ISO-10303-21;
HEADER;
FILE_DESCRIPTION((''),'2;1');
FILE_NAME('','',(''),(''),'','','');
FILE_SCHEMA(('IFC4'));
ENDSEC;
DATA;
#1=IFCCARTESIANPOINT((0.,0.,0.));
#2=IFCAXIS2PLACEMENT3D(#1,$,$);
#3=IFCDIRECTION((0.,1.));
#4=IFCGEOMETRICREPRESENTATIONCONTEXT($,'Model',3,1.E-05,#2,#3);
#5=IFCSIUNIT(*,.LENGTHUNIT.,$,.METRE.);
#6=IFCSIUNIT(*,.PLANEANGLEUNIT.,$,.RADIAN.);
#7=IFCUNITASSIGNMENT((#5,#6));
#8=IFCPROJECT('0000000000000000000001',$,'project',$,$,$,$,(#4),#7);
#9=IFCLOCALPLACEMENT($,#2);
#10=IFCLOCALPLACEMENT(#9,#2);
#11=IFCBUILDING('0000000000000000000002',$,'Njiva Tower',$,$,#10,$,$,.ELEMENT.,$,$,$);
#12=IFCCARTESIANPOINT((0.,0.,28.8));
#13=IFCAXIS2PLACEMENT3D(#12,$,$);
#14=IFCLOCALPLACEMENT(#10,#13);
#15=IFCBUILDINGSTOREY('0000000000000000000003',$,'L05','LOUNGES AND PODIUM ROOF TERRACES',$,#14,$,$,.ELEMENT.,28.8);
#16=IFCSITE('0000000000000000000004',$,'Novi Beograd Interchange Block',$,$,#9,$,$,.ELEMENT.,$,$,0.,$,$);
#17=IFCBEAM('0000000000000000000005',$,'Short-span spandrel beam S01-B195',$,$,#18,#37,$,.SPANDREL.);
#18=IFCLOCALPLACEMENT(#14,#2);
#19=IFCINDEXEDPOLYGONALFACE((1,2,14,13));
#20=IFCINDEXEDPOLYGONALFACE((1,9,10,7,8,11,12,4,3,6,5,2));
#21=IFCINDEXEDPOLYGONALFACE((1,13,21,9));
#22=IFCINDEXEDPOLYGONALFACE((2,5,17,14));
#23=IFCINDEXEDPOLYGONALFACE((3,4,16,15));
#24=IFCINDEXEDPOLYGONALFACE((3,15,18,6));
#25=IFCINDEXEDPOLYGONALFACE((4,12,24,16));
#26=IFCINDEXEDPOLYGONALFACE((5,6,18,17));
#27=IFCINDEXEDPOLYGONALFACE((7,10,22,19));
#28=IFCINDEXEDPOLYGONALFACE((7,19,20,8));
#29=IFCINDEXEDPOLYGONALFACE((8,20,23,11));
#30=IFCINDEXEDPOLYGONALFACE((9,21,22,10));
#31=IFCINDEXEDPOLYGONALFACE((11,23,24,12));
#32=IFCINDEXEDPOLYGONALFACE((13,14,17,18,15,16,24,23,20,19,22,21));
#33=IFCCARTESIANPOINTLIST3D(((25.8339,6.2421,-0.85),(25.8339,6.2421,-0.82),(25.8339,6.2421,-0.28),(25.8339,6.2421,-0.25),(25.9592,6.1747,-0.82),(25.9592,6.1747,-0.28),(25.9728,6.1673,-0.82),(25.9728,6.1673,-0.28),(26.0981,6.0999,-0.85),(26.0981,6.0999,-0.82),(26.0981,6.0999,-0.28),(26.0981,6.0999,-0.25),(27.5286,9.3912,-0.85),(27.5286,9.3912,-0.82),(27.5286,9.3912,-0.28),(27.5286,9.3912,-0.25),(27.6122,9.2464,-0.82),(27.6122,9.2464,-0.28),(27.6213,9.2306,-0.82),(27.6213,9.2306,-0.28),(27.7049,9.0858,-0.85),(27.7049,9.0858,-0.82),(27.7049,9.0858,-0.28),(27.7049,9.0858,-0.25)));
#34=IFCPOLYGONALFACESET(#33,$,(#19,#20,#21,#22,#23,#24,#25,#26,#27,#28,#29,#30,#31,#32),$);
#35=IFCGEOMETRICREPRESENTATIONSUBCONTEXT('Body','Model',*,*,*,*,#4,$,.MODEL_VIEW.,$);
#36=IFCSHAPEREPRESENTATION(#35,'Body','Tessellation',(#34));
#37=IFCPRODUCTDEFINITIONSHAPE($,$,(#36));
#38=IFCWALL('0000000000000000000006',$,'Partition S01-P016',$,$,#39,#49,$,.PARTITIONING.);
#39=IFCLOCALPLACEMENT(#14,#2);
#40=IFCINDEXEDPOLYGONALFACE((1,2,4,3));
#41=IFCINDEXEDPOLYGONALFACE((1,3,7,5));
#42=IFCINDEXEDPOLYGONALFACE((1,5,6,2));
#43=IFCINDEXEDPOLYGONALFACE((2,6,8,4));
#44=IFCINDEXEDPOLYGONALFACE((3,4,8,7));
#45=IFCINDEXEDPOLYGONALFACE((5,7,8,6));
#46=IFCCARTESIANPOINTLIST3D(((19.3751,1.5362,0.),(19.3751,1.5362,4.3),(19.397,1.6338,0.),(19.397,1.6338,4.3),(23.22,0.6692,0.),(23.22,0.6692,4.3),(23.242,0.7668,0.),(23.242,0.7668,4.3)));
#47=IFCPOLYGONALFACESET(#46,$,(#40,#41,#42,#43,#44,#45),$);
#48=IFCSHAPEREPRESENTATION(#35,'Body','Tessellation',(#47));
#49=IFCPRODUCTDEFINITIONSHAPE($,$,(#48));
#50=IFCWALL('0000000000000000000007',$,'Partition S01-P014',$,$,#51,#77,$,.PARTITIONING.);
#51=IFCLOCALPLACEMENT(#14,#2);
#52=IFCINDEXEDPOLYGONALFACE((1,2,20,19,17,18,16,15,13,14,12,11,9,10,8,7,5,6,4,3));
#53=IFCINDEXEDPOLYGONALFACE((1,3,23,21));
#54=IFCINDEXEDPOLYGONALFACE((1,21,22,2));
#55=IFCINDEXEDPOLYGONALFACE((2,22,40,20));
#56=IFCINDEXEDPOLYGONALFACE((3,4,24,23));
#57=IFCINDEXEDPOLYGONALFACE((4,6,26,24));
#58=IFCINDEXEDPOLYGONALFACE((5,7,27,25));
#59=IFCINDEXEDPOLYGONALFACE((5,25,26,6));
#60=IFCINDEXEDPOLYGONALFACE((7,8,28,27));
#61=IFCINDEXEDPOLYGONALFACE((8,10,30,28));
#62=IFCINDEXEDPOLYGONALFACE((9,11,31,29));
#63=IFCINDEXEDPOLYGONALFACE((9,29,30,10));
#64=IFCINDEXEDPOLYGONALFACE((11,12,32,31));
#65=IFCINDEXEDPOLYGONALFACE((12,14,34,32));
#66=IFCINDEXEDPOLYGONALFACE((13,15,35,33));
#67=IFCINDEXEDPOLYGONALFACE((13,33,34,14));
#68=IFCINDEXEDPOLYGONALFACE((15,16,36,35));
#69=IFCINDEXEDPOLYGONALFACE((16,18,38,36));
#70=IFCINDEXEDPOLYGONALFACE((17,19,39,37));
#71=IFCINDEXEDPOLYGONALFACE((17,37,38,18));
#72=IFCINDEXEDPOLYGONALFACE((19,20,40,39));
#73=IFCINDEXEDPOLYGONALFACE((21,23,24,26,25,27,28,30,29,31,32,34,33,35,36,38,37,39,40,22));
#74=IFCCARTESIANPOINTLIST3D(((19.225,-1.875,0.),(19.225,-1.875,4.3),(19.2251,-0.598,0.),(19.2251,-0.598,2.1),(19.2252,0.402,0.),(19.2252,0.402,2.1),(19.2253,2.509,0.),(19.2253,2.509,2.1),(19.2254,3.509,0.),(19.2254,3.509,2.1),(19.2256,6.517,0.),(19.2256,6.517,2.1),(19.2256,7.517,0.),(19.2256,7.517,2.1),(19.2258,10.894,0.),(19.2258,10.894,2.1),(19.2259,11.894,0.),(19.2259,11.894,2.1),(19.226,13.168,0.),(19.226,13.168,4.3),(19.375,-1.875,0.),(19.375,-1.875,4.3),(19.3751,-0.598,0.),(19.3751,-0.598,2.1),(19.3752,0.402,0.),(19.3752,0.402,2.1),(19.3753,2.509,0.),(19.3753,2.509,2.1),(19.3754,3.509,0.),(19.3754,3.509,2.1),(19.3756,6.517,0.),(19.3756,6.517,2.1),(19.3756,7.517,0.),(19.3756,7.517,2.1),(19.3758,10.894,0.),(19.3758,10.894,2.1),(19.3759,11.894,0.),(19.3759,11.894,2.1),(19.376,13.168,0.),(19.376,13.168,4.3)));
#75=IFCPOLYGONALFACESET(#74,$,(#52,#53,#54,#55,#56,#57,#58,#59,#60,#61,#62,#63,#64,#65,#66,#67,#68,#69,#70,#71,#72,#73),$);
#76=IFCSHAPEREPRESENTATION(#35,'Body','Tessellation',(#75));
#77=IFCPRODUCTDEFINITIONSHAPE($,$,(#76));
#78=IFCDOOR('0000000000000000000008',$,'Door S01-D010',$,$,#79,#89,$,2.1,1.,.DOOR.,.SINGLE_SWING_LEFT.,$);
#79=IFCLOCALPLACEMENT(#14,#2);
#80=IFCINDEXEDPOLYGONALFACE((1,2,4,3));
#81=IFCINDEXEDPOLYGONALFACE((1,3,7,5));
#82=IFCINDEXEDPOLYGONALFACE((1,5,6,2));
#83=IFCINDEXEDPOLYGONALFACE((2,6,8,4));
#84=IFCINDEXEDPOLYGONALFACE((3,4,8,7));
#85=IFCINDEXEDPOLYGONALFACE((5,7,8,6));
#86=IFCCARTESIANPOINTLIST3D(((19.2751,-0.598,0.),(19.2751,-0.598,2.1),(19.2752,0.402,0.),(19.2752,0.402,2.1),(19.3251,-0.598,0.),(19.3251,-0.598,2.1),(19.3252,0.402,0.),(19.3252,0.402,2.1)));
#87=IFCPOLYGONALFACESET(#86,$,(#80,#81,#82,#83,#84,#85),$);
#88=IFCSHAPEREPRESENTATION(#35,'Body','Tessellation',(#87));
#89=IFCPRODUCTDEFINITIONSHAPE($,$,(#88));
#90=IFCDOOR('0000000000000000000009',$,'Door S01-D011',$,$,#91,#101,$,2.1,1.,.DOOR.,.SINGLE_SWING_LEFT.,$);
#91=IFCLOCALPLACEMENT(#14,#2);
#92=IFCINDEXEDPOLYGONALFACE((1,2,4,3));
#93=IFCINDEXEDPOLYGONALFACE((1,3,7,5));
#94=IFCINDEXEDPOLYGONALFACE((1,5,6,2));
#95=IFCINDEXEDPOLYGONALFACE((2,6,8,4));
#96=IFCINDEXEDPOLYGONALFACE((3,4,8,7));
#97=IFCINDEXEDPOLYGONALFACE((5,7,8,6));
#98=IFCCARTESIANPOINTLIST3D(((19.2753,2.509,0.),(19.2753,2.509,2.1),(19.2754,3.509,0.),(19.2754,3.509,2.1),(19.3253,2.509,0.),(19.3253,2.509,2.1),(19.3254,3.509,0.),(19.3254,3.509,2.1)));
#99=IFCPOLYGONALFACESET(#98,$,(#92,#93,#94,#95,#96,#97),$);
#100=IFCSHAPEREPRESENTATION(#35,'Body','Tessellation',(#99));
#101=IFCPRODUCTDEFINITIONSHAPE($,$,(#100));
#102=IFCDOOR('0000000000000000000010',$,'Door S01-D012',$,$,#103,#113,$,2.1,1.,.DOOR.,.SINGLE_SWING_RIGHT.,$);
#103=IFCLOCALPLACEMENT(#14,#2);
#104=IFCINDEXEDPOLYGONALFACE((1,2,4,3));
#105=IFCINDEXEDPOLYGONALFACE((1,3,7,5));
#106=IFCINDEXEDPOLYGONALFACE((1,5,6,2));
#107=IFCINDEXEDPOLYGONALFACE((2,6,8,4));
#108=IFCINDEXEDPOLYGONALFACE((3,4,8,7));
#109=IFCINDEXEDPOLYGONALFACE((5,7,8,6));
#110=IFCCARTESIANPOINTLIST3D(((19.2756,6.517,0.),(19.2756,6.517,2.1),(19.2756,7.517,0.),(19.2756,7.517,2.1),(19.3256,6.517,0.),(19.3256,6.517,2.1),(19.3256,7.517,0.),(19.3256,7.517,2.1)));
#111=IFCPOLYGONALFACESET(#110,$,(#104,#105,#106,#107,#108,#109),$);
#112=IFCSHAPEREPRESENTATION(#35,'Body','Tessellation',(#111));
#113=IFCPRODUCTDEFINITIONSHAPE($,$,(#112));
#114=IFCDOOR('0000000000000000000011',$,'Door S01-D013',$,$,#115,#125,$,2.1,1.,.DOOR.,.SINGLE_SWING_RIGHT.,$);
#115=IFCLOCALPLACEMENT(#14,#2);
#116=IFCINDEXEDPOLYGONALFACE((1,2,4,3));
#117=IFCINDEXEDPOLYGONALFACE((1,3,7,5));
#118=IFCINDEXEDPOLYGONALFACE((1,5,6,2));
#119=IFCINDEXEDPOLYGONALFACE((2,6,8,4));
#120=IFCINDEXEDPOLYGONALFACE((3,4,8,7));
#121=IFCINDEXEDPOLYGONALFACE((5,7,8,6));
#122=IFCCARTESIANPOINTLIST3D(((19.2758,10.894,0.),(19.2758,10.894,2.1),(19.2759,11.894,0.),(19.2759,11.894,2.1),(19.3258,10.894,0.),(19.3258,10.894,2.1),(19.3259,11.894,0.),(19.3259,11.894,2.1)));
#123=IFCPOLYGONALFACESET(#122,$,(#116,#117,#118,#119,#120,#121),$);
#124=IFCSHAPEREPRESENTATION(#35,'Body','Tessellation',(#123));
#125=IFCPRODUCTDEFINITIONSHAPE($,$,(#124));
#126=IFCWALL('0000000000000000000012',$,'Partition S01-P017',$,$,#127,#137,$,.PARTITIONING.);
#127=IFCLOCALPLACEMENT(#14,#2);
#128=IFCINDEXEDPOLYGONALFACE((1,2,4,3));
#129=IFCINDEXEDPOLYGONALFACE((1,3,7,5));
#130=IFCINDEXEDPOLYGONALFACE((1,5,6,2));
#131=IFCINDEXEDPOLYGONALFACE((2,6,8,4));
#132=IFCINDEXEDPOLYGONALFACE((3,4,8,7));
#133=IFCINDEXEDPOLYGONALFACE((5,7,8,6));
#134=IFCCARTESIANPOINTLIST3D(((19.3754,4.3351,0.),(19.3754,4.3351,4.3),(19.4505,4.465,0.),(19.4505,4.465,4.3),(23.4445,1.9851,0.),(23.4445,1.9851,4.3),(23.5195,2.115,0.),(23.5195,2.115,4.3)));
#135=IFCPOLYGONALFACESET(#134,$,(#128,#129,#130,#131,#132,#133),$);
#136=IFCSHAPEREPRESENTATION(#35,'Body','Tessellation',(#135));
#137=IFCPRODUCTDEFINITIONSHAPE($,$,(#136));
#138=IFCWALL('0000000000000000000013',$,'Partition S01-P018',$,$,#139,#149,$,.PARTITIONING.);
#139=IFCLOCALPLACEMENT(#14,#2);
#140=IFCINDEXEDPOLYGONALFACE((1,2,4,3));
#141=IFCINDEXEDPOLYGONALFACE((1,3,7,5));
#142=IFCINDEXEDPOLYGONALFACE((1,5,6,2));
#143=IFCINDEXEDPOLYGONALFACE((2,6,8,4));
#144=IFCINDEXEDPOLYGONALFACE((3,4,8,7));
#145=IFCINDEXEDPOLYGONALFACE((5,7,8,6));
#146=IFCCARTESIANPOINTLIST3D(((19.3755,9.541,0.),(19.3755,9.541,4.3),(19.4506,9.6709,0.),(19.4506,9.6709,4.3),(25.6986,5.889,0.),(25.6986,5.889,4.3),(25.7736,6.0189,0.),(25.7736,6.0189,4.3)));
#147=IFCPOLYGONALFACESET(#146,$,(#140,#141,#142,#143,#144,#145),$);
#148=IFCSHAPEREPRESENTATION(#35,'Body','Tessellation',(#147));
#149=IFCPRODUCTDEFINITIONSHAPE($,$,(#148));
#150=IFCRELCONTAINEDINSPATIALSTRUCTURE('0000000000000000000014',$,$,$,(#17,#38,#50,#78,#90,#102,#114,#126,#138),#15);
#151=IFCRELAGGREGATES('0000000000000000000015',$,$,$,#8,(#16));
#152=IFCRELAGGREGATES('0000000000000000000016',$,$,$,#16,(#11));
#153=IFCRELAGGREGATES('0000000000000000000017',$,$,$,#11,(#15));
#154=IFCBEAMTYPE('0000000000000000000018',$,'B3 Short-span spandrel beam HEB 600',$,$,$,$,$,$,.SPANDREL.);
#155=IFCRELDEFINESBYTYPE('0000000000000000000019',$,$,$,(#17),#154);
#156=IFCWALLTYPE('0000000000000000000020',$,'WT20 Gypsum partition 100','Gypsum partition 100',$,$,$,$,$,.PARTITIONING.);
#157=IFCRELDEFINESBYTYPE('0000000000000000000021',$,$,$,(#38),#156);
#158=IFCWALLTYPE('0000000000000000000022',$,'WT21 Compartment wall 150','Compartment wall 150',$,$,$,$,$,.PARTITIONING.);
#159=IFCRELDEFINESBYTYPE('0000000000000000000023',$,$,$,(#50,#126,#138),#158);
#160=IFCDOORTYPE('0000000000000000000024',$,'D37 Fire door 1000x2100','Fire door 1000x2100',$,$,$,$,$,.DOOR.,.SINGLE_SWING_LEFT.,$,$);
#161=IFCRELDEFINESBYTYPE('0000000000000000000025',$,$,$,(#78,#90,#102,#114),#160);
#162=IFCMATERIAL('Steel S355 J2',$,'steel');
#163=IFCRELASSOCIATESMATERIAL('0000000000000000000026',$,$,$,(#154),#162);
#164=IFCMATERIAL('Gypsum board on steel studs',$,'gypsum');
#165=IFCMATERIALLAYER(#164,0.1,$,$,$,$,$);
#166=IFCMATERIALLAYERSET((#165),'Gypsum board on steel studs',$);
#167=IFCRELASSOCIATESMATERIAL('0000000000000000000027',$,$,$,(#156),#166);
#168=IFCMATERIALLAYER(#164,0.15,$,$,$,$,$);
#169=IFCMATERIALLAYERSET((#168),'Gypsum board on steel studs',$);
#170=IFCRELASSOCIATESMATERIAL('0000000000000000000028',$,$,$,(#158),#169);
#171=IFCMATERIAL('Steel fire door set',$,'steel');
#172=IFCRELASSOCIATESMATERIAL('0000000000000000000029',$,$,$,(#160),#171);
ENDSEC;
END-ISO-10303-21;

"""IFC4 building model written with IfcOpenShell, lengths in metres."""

from ifc_helpers import new_model, si_unit, direction, frame, frame_2d, origin, origin_2d, place, context, subcontext, project, spatial, rectangle, i_section, extrude, clip, halfspace, material, layer, layer_set, material_profile, profile_set, type_object, element, fill, save


model = new_model("IFC4")

# Units and contexts
model_context = context("Model", 3, precision=1e-05, world=origin(), true_north=direction((0.0, 1.0)))
body_context = subcontext(model_context, "Body", "Model", "MODEL_VIEW")
ifc_project = project(units=[si_unit("LENGTHUNIT", "METRE"), si_unit("PLANEANGLEUNIT", "RADIAN")], contexts=[model_context])

# Site, building, storey
site_placement = place(None, origin())
site = spatial("IfcSite", under=ifc_project, at=site_placement, Name="Novi Beograd Interchange Block", CompositionType="ELEMENT", RefElevation=0.0)
building_placement = place(site_placement, origin())
building = spatial("IfcBuilding", under=site, at=building_placement, Name="Njiva Tower", CompositionType="ELEMENT")
storey_placement = place(building_placement, frame((0.0, 0.0, 28.8)))
storey = spatial("IfcBuildingStorey", under=building, at=storey_placement, Name="L05", Description="LOUNGES AND PODIUM ROOF TERRACES", CompositionType="ELEMENT", Elevation=28.8)

# Shared definitions
ifc_material_1 = material(Name="Steel S355 J2", Category="steel")

# Beam
ifc_material_profile_1 = material_profile(ifc_material_1, i_section(OverallWidth=0.3, OverallDepth=0.6, WebThickness=0.0155, FlangeThickness=0.03, at=origin_2d()), Name="HEB 600")
ifc_profile_set_1 = profile_set([ifc_material_profile_1], Name="Steel S355 J2")
beam_type_1 = type_object("IfcBeamType", Name="B3 Short-span spandrel beam HEB 600", PredefinedType="SPANDREL", material=ifc_profile_set_1)
beam_1_placement = place(storey_placement, frame((25.966, 6.171, -0.55), z_axis=(0.473877, 0.880591, 0.0), x_axis=(-0.880591, 0.473877, 0.0)))
element("IfcBeam", 1, at=beam_1_placement, inside=storey, type_object=beam_type_1, Name="Short-span spandrel beam S01-B195", PredefinedType="SPANDREL", context=body_context, shape_type="Clipping", body=[
    clip(extrude(i_section(OverallWidth=0.3, OverallDepth=0.6, WebThickness=0.0155, FlangeThickness=0.03, at=origin_2d()), origin(), (0.0, 0.0, 1.0), 3.597), halfspace(frame((-0.026, 0.0, 3.4674), z_axis=(-0.525677, 0.0, 0.850684), x_axis=(0.0, 1.0, 0.0)), False)),
])

# Wall
ifc_material_2 = material(Name="Gypsum board on steel studs", Category="gypsum")
ifc_layer_1 = layer(ifc_material_2, 0.1)
ifc_layer_set_1 = layer_set([ifc_layer_1], Name="Gypsum board on steel studs")
wall_type_1 = type_object("IfcWallType", Name="WT20 Gypsum partition 100", Description="Gypsum partition 100", PredefinedType="PARTITIONING", material=ifc_layer_set_1)
wall_1_placement = place(storey_placement, frame((19.386, 1.585, 0.0), z_axis=(0.0, 0.0, 1.0), x_axis=(0.975508, -0.219965, 0.0)))
element("IfcWall", 2, at=wall_1_placement, inside=storey, type_object=wall_type_1, Name="Partition S01-P016", PredefinedType="PARTITIONING", context=body_context, shape_type="SweptSolid", body=[
    extrude(rectangle(XDim=3.9415, YDim=0.1, at=frame_2d((1.9708, 0.0))), origin(), (0.0, 0.0, 1.0), 4.3),
])

# Wall, openings, doors
ifc_layer_2 = layer(ifc_material_2, 0.15)
ifc_layer_set_2 = layer_set([ifc_layer_2], Name="Gypsum board on steel studs")
wall_type_2 = type_object("IfcWallType", Name="WT21 Compartment wall 150", Description="Compartment wall 150", PredefinedType="PARTITIONING", material=ifc_layer_set_2)
wall_2_placement = place(storey_placement, frame((19.3, -1.875, 0.0), z_axis=(0.0, 0.0, 1.0), x_axis=(0.000066, 1.0, 0.0)))
wall_2 = element("IfcWall", 3, at=wall_2_placement, inside=storey, type_object=wall_type_2, Name="Partition S01-P014", PredefinedType="PARTITIONING", context=body_context, shape_type="SweptSolid", body=[
    extrude(rectangle(XDim=15.043, YDim=0.15, at=frame_2d((7.5215, 0.0))), origin(), (0.0, 0.0, 1.0), 4.3),
])
opening_1_placement = place(wall_2_placement, frame((1.277, 0.0, 0.0)))
opening_1 = element("IfcOpeningElement", 4, at=opening_1_placement, cuts=wall_2, PredefinedType="OPENING", context=body_context, shape_type="SweptSolid", body=[
    extrude(rectangle(XDim=1.0, YDim=2.1, at=frame_2d((0.5, 1.05))), frame((0.0, 0.085, 0.0), z_axis=(0.0, -1.0, 0.0), x_axis=(1.0, 0.0, 0.0)), (0.0, 0.0, 1.0), 0.17),
])
opening_2_placement = place(wall_2_placement, frame((4.384, 0.0, 0.0)))
opening_2 = element("IfcOpeningElement", 5, at=opening_2_placement, cuts=wall_2, PredefinedType="OPENING", context=body_context, shape_type="SweptSolid", body=[
    extrude(rectangle(XDim=1.0, YDim=2.1, at=frame_2d((0.5, 1.05))), frame((0.0, 0.085, 0.0), z_axis=(0.0, -1.0, 0.0), x_axis=(1.0, 0.0, 0.0)), (0.0, 0.0, 1.0), 0.17),
])
opening_3_placement = place(wall_2_placement, frame((8.392, 0.0, 0.0)))
opening_3 = element("IfcOpeningElement", 6, at=opening_3_placement, cuts=wall_2, PredefinedType="OPENING", context=body_context, shape_type="SweptSolid", body=[
    extrude(rectangle(XDim=1.0, YDim=2.1, at=frame_2d((0.5, 1.05))), frame((0.0, 0.085, 0.0), z_axis=(0.0, -1.0, 0.0), x_axis=(1.0, 0.0, 0.0)), (0.0, 0.0, 1.0), 0.17),
])
opening_4_placement = place(wall_2_placement, frame((12.769, 0.0, 0.0)))
opening_4 = element("IfcOpeningElement", 7, at=opening_4_placement, cuts=wall_2, PredefinedType="OPENING", context=body_context, shape_type="SweptSolid", body=[
    extrude(rectangle(XDim=1.0, YDim=2.1, at=frame_2d((0.5, 1.05))), frame((0.0, 0.085, 0.0), z_axis=(0.0, -1.0, 0.0), x_axis=(1.0, 0.0, 0.0)), (0.0, 0.0, 1.0), 0.17),
])
ifc_material_3 = material(Name="Steel fire door set", Category="steel")
door_type_1 = type_object("IfcDoorType", Name="D37 Fire door 1000x2100", Description="Fire door 1000x2100", OperationType="SINGLE_SWING_LEFT", PredefinedType="DOOR", material=ifc_material_3)
door_1_placement = place(opening_1_placement, origin())
door_1 = element("IfcDoor", 8, at=door_1_placement, inside=storey, type_object=door_type_1, Name="Door S01-D010", OperationType="SINGLE_SWING_LEFT", OverallHeight=2.1, OverallWidth=1.0, PredefinedType="DOOR", context=body_context, shape_type="SweptSolid", body=[
    extrude(rectangle(XDim=1.0, YDim=2.1, at=frame_2d((0.5, 1.05))), frame((0.0, 0.025, 0.0), z_axis=(0.0, -1.0, 0.0), x_axis=(1.0, 0.0, 0.0)), (0.0, 0.0, 1.0), 0.05),
])
fill(opening_1, door_1)
door_2_placement = place(opening_2_placement, origin())
door_2 = element("IfcDoor", 9, at=door_2_placement, inside=storey, type_object=door_type_1, Name="Door S01-D011", OperationType="SINGLE_SWING_LEFT", OverallHeight=2.1, OverallWidth=1.0, PredefinedType="DOOR", context=body_context, shape_type="SweptSolid", body=[
    extrude(rectangle(XDim=1.0, YDim=2.1, at=frame_2d((0.5, 1.05))), frame((0.0, 0.025, 0.0), z_axis=(0.0, -1.0, 0.0), x_axis=(1.0, 0.0, 0.0)), (0.0, 0.0, 1.0), 0.05),
])
fill(opening_2, door_2)
door_3_placement = place(opening_3_placement, origin())
door_3 = element("IfcDoor", 10, at=door_3_placement, inside=storey, type_object=door_type_1, Name="Door S01-D012", OperationType="SINGLE_SWING_RIGHT", OverallHeight=2.1, OverallWidth=1.0, PredefinedType="DOOR", context=body_context, shape_type="SweptSolid", body=[
    extrude(rectangle(XDim=1.0, YDim=2.1, at=frame_2d((0.5, 1.05))), frame((0.0, 0.025, 0.0), z_axis=(0.0, -1.0, 0.0), x_axis=(1.0, 0.0, 0.0)), (0.0, 0.0, 1.0), 0.05),
])
fill(opening_3, door_3)
door_4_placement = place(opening_4_placement, origin())
door_4 = element("IfcDoor", 11, at=door_4_placement, inside=storey, type_object=door_type_1, Name="Door S01-D013", OperationType="SINGLE_SWING_RIGHT", OverallHeight=2.1, OverallWidth=1.0, PredefinedType="DOOR", context=body_context, shape_type="SweptSolid", body=[
    extrude(rectangle(XDim=1.0, YDim=2.1, at=frame_2d((0.5, 1.05))), frame((0.0, 0.025, 0.0), z_axis=(0.0, -1.0, 0.0), x_axis=(1.0, 0.0, 0.0)), (0.0, 0.0, 1.0), 0.05),
])
fill(opening_4, door_4)

# Walls
wall_3_placement = place(storey_placement, frame((19.413, 4.4, 0.0), z_axis=(0.0, 0.0, 1.0), x_axis=(0.865955, -0.500122, 0.0)))
element("IfcWall", 12, at=wall_3_placement, inside=storey, type_object=wall_type_2, Name="Partition S01-P017", PredefinedType="PARTITIONING", context=body_context, shape_type="SweptSolid", body=[
    extrude(rectangle(XDim=4.6989, YDim=0.15, at=frame_2d((2.3494, 0.0))), origin(), (0.0, 0.0, 1.0), 4.3),
])
wall_4_placement = place(storey_placement, frame((19.413, 9.606, 0.0), z_axis=(0.0, 0.0, 1.0), x_axis=(0.865942, -0.500145, 0.0)))
element("IfcWall", 13, at=wall_4_placement, inside=storey, type_object=wall_type_2, Name="Partition S01-P018", PredefinedType="PARTITIONING", context=body_context, shape_type="SweptSolid", body=[
    extrude(rectangle(XDim=7.3019, YDim=0.15, at=frame_2d((3.651, 0.0))), origin(), (0.0, 0.0, 1.0), 4.3),
])

save(model, "model.ifc")
